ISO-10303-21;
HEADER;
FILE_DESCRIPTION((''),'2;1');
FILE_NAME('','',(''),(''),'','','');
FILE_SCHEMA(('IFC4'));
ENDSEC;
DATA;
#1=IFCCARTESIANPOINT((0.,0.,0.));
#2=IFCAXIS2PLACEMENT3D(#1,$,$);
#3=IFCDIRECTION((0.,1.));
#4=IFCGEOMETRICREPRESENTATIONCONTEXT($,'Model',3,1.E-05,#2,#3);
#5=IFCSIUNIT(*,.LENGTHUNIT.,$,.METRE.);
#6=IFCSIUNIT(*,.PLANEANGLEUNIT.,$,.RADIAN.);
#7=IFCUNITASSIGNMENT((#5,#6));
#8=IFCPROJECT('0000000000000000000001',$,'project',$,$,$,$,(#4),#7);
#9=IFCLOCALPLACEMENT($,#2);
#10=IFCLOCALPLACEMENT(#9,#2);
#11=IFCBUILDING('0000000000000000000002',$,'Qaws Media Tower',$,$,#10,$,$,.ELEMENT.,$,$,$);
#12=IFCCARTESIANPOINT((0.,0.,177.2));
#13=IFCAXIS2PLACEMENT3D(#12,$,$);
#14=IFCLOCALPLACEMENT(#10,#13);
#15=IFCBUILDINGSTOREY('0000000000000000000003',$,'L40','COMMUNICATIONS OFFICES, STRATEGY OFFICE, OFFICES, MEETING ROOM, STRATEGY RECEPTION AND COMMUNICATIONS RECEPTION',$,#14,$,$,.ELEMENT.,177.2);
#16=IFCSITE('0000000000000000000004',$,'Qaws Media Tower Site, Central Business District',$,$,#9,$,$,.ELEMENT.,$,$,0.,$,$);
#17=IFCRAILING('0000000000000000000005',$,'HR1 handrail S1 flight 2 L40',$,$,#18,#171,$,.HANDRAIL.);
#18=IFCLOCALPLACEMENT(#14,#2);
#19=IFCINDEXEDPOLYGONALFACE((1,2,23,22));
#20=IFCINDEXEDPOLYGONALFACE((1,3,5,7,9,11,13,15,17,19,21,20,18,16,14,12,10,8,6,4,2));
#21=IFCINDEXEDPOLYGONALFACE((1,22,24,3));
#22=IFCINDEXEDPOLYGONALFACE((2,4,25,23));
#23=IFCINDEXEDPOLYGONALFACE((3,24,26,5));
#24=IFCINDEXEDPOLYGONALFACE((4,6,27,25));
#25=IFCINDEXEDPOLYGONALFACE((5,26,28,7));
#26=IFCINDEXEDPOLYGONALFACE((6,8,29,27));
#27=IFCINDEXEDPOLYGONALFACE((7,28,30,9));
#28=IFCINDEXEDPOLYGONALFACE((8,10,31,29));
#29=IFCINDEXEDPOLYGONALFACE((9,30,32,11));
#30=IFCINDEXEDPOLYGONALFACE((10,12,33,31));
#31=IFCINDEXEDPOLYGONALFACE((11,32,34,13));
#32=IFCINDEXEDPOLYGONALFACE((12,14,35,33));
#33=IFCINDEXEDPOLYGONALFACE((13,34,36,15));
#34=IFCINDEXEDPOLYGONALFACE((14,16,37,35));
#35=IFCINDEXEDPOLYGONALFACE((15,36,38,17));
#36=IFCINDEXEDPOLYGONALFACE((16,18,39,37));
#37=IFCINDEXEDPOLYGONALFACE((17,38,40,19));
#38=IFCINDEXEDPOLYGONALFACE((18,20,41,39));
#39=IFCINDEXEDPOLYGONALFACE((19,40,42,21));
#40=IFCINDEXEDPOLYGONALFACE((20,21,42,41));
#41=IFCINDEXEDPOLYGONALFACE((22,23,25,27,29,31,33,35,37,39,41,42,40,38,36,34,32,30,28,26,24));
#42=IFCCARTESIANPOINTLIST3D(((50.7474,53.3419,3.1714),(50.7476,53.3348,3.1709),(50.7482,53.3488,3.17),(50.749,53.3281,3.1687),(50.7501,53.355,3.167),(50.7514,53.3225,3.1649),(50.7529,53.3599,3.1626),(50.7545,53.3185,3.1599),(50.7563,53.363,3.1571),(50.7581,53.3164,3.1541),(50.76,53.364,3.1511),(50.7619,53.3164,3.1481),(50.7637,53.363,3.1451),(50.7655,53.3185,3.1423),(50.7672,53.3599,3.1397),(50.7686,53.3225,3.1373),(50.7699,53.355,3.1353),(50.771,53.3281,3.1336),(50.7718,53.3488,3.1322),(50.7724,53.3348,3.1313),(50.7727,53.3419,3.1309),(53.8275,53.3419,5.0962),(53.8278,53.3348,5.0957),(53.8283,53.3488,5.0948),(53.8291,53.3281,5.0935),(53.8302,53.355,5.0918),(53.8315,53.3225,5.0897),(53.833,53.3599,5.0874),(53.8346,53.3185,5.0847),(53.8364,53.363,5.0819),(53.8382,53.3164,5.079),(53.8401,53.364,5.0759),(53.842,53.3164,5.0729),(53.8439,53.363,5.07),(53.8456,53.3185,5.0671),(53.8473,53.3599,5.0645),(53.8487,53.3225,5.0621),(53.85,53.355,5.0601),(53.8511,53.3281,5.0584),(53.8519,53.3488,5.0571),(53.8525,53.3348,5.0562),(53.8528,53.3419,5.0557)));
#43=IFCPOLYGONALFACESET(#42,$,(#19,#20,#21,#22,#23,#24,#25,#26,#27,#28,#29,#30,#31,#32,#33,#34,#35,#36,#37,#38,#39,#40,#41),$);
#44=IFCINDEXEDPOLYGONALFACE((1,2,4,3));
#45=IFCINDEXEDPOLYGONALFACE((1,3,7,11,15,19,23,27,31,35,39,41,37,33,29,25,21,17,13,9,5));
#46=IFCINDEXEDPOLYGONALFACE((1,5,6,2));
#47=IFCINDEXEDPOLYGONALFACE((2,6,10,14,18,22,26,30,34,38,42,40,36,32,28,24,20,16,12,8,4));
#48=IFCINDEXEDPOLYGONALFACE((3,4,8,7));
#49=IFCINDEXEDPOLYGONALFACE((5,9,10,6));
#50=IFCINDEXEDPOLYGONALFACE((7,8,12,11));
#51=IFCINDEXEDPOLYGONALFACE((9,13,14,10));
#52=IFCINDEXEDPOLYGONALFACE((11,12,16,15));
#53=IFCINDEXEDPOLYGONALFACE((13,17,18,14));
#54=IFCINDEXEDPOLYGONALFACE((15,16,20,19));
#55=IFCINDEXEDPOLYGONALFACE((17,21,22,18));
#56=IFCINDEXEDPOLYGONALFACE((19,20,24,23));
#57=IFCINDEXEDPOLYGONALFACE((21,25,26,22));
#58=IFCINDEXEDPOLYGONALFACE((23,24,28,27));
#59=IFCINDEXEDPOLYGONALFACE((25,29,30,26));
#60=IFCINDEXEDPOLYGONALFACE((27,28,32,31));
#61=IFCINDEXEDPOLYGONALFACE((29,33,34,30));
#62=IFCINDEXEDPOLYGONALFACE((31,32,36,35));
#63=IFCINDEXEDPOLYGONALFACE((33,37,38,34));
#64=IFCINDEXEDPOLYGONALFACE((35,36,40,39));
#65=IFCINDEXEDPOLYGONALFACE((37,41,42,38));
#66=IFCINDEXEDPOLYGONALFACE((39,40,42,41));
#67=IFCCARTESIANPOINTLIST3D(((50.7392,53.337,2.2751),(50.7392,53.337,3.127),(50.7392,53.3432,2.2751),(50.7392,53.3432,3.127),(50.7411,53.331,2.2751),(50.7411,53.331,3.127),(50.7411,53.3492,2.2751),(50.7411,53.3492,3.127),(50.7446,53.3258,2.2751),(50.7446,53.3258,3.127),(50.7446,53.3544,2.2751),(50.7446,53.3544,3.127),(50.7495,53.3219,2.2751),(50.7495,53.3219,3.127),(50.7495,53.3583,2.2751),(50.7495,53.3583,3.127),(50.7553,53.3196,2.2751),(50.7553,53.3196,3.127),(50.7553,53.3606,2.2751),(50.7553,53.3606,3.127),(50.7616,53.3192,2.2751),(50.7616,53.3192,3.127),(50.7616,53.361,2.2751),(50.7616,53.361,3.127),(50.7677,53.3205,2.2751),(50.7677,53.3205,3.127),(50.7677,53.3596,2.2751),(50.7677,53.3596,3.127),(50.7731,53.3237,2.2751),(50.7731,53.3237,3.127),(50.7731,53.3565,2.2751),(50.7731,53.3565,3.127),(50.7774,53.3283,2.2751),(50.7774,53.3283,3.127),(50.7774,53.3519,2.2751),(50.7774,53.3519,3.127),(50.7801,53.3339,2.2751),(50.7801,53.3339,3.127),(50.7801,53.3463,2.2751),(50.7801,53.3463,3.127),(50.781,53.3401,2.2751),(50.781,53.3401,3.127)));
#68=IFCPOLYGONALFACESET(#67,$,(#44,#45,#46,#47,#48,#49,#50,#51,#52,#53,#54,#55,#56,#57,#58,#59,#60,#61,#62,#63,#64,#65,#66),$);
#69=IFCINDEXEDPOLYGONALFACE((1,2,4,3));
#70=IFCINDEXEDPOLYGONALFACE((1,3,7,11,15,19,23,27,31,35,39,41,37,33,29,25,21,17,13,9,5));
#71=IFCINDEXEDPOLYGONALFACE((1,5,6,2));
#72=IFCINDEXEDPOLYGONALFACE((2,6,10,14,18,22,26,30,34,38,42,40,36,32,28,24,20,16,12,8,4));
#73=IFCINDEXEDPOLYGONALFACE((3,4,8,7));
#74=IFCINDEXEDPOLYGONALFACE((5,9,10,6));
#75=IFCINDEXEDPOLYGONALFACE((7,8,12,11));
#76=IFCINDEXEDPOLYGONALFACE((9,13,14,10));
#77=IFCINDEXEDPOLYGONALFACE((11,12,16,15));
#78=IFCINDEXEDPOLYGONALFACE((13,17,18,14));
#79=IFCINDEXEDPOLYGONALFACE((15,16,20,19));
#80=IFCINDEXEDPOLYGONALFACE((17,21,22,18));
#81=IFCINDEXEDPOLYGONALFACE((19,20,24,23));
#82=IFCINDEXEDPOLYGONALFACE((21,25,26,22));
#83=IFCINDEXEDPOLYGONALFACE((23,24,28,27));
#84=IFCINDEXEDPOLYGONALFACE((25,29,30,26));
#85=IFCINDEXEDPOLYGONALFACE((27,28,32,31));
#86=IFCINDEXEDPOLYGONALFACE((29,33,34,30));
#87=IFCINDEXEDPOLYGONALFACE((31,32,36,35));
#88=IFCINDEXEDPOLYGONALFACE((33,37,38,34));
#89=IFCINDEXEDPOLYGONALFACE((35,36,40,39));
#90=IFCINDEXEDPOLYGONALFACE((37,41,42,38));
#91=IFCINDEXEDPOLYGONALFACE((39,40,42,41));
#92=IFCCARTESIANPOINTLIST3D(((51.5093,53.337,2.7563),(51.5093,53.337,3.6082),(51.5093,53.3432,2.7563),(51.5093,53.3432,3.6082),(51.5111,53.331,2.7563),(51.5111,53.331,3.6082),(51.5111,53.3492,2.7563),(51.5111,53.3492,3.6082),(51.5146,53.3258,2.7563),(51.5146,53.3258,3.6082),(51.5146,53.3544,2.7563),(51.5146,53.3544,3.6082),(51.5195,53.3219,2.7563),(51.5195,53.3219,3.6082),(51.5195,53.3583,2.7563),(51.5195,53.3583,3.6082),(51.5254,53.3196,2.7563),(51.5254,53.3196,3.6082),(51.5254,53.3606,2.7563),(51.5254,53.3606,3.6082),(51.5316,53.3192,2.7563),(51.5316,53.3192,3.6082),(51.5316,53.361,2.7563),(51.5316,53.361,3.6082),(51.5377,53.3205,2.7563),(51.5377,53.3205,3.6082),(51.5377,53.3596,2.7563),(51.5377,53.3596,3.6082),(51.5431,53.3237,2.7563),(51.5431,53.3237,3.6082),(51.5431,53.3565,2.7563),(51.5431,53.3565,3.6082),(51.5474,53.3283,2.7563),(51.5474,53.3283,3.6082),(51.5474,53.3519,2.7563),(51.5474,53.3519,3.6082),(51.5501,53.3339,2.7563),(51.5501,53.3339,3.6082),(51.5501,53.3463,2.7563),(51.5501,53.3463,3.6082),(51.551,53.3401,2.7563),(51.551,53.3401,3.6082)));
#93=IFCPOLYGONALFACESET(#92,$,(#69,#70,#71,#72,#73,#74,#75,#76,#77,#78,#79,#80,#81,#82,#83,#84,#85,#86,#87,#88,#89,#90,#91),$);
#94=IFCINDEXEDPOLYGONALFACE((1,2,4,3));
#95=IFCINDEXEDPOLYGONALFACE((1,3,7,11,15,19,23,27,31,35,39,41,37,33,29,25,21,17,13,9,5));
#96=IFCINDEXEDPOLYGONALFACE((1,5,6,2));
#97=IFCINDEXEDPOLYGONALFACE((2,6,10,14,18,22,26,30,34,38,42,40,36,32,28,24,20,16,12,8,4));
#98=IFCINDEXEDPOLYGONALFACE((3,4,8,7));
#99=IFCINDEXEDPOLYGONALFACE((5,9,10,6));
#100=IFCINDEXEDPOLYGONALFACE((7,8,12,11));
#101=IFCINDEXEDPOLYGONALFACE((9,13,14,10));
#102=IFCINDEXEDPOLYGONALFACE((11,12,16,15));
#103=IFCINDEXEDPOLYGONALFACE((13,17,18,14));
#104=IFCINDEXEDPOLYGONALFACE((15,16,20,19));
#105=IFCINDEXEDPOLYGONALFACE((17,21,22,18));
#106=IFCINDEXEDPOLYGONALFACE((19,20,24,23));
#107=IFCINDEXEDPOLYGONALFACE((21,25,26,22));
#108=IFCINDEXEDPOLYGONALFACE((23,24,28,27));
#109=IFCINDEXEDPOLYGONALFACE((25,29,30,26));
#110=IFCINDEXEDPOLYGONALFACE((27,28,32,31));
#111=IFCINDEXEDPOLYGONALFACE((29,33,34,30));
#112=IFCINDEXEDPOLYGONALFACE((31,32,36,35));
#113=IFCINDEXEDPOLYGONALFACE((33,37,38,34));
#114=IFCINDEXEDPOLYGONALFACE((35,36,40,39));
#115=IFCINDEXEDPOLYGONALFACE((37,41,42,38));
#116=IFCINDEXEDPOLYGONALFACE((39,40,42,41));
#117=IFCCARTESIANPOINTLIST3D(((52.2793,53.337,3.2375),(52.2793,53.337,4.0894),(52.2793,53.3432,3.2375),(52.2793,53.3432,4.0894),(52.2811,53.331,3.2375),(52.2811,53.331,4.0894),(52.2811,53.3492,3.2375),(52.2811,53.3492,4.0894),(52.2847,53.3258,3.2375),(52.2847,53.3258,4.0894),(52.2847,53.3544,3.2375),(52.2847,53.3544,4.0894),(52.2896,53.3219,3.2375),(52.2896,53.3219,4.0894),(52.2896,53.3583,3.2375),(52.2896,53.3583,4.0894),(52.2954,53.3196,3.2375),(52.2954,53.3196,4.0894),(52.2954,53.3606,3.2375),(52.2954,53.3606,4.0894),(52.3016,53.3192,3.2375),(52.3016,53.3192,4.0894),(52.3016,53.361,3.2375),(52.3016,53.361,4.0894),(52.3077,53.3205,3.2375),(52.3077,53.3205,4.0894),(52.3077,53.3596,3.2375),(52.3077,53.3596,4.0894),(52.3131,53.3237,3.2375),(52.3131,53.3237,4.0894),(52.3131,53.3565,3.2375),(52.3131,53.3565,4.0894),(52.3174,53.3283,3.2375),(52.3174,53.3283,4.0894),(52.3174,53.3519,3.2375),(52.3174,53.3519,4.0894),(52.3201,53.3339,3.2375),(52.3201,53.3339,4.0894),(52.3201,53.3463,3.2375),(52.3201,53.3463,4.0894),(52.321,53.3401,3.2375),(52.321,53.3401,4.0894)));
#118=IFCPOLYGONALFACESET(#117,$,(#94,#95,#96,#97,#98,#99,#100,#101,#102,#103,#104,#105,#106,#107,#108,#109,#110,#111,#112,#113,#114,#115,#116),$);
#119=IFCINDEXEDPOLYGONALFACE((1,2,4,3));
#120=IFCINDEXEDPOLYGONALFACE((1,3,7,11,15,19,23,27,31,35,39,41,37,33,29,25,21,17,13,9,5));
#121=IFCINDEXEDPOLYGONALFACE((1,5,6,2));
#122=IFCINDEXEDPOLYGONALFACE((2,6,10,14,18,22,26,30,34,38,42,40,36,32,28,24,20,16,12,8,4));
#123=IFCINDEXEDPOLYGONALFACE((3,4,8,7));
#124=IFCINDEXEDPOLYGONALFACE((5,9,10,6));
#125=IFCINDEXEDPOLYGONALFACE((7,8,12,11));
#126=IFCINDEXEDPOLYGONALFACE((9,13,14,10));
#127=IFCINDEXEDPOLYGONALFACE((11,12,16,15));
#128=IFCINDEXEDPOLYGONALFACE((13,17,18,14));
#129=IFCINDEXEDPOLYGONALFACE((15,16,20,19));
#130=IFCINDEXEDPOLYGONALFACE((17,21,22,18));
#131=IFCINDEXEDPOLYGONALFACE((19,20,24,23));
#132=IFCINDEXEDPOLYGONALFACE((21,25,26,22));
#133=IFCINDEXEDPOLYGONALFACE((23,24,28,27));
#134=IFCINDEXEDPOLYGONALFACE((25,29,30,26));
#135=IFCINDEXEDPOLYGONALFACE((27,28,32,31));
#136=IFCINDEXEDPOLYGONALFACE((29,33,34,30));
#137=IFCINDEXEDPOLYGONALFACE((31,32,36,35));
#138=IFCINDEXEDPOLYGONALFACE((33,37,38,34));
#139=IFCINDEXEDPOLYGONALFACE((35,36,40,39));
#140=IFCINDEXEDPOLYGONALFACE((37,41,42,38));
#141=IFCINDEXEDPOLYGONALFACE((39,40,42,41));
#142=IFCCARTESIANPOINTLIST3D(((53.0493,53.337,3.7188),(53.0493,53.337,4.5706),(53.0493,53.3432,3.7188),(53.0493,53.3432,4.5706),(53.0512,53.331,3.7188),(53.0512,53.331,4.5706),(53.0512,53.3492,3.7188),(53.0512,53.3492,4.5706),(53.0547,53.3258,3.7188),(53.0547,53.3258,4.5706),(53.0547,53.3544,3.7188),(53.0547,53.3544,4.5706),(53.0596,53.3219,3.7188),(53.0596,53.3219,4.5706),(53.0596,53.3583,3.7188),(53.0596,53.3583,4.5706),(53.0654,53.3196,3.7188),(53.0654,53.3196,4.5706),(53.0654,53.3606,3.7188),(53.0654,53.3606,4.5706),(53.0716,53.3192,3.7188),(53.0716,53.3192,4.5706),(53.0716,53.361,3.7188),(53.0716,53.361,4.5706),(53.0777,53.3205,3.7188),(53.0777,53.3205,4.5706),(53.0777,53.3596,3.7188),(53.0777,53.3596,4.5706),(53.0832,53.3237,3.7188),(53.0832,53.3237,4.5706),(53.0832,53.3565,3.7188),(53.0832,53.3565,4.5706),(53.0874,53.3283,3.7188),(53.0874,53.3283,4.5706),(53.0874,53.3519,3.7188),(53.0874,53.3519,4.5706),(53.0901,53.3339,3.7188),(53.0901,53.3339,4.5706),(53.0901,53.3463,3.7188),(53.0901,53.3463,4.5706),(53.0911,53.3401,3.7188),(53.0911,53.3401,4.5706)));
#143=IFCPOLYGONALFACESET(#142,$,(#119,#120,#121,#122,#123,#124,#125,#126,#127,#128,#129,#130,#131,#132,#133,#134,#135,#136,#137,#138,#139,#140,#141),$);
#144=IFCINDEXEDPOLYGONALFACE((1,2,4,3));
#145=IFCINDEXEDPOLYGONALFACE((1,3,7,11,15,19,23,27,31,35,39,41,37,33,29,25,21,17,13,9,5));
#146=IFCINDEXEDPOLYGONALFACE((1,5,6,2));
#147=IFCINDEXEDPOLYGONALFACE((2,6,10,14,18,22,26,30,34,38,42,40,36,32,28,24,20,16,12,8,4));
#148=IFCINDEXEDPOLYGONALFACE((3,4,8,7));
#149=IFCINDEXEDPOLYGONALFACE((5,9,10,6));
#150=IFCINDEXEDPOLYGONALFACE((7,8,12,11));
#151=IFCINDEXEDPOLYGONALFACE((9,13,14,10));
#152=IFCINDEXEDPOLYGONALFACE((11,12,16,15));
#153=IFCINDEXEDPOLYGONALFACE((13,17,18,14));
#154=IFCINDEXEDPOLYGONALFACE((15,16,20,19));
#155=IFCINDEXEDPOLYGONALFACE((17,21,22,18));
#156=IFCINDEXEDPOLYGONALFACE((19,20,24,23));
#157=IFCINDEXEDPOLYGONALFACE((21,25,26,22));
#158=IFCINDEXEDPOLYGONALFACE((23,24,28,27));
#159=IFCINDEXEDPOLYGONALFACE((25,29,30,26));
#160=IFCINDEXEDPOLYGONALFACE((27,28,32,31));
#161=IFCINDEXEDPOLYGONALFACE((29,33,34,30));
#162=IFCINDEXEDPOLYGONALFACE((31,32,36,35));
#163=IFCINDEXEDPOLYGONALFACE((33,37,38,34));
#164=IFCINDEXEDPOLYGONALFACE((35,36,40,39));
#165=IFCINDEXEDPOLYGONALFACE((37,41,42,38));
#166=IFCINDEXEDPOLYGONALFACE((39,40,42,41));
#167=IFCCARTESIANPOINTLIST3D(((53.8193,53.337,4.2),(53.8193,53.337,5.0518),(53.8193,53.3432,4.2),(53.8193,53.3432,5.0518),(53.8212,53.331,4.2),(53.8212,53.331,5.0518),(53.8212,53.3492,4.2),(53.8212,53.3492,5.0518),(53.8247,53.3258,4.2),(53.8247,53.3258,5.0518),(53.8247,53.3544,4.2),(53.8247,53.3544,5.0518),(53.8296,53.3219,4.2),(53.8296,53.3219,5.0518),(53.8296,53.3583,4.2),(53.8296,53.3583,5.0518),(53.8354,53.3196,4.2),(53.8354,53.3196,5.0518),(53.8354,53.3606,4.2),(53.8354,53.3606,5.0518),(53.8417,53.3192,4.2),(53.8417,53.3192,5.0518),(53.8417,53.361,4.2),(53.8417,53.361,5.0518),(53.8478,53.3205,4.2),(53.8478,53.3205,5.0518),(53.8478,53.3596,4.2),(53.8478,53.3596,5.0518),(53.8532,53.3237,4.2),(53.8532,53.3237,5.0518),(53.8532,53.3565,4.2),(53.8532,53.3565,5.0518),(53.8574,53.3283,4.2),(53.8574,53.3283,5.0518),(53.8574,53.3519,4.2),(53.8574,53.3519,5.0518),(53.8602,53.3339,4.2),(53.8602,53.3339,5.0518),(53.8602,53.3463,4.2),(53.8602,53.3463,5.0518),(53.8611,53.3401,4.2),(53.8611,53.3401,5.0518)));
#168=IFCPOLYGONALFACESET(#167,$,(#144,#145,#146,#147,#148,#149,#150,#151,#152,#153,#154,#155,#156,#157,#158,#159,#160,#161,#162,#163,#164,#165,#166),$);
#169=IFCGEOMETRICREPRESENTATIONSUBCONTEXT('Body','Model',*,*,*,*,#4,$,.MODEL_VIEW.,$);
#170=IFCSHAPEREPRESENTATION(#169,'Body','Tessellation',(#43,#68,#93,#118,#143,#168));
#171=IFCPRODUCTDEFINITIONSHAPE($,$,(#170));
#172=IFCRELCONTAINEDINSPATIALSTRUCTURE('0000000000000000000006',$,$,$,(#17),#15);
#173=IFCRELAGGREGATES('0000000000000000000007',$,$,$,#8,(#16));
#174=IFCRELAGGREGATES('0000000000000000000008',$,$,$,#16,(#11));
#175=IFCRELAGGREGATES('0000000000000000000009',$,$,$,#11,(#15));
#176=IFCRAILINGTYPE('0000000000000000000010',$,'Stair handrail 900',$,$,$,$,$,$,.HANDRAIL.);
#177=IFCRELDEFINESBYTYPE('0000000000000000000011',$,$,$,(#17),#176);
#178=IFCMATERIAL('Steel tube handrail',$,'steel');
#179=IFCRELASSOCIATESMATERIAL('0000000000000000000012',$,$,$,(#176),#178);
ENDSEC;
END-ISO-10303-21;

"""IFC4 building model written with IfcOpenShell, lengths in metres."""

from ifc_helpers import new_model, si_unit, direction, frame, origin, origin_2d, place, context, subcontext, project, spatial, circle, extrude, material, type_object, element, save


model = new_model("IFC4")

# Units and contexts
model_context = context("Model", 3, precision=1e-05, world=origin(), true_north=direction((0.0, 1.0)))
body_context = subcontext(model_context, "Body", "Model", "MODEL_VIEW")
ifc_project = project(units=[si_unit("LENGTHUNIT", "METRE"), si_unit("PLANEANGLEUNIT", "RADIAN")], contexts=[model_context])

# Site, building, storey
site_placement = place(None, origin())
site = spatial("IfcSite", under=ifc_project, at=site_placement, Name="Qaws Media Tower Site, Central Business District", CompositionType="ELEMENT", RefElevation=0.0)
building_placement = place(site_placement, origin())
building = spatial("IfcBuilding", under=site, at=building_placement, Name="Qaws Media Tower", CompositionType="ELEMENT")
storey_placement = place(building_placement, frame((0.0, 0.0, 177.2)))
storey = spatial("IfcBuildingStorey", under=building, at=storey_placement, Name="L40", Description="COMMUNICATIONS OFFICES, STRATEGY OFFICE, OFFICES, MEETING ROOM, STRATEGY RECEPTION AND COMMUNICATIONS RECEPTION", CompositionType="ELEMENT", Elevation=177.2)

# Railing
ifc_material_1 = material(Name="Steel tube handrail", Category="steel")
railing_type = type_object("IfcRailingType", Name="Stair handrail 900", PredefinedType="HANDRAIL", material=ifc_material_1)
for number, where, name in (
    (1, (50.76, 53.3401, 2.2751), "HR1 handrail S1 flight 2 L40"),
):
    element("IfcRailing", number, at=place(storey_placement, frame(where)), inside=storey, type_object=railing_type, Name=name, PredefinedType="HANDRAIL", context=body_context, shape_type="SweptSolid", body=[
        extrude(circle(Radius=0.0239, at=origin_2d()), frame((0.0, 0.0, 0.876), z_axis=(0.848029, 0.0, 0.529951), x_axis=(0.0, 1.0, 0.0)), (0.0, 0.0, 1.0), 3.6321),
        extrude(circle(Radius=0.021, at=origin_2d()), origin(), (0.0, 0.0, 1.0), 0.8518),
        extrude(circle(Radius=0.021, at=origin_2d()), frame((0.77, 0.0, 0.4812)), (0.0, 0.0, 1.0), 0.8518),
        extrude(circle(Radius=0.021, at=origin_2d()), frame((1.54, 0.0, 0.9624)), (0.0, 0.0, 1.0), 0.8518),
        extrude(circle(Radius=0.021, at=origin_2d()), frame((2.3101, 0.0, 1.4436)), (0.0, 0.0, 1.0), 0.8518),
        extrude(circle(Radius=0.021, at=origin_2d()), frame((3.0801, 0.0, 1.9248)), (0.0, 0.0, 1.0), 0.8518),
    ])

save(model, "model.ifc")
